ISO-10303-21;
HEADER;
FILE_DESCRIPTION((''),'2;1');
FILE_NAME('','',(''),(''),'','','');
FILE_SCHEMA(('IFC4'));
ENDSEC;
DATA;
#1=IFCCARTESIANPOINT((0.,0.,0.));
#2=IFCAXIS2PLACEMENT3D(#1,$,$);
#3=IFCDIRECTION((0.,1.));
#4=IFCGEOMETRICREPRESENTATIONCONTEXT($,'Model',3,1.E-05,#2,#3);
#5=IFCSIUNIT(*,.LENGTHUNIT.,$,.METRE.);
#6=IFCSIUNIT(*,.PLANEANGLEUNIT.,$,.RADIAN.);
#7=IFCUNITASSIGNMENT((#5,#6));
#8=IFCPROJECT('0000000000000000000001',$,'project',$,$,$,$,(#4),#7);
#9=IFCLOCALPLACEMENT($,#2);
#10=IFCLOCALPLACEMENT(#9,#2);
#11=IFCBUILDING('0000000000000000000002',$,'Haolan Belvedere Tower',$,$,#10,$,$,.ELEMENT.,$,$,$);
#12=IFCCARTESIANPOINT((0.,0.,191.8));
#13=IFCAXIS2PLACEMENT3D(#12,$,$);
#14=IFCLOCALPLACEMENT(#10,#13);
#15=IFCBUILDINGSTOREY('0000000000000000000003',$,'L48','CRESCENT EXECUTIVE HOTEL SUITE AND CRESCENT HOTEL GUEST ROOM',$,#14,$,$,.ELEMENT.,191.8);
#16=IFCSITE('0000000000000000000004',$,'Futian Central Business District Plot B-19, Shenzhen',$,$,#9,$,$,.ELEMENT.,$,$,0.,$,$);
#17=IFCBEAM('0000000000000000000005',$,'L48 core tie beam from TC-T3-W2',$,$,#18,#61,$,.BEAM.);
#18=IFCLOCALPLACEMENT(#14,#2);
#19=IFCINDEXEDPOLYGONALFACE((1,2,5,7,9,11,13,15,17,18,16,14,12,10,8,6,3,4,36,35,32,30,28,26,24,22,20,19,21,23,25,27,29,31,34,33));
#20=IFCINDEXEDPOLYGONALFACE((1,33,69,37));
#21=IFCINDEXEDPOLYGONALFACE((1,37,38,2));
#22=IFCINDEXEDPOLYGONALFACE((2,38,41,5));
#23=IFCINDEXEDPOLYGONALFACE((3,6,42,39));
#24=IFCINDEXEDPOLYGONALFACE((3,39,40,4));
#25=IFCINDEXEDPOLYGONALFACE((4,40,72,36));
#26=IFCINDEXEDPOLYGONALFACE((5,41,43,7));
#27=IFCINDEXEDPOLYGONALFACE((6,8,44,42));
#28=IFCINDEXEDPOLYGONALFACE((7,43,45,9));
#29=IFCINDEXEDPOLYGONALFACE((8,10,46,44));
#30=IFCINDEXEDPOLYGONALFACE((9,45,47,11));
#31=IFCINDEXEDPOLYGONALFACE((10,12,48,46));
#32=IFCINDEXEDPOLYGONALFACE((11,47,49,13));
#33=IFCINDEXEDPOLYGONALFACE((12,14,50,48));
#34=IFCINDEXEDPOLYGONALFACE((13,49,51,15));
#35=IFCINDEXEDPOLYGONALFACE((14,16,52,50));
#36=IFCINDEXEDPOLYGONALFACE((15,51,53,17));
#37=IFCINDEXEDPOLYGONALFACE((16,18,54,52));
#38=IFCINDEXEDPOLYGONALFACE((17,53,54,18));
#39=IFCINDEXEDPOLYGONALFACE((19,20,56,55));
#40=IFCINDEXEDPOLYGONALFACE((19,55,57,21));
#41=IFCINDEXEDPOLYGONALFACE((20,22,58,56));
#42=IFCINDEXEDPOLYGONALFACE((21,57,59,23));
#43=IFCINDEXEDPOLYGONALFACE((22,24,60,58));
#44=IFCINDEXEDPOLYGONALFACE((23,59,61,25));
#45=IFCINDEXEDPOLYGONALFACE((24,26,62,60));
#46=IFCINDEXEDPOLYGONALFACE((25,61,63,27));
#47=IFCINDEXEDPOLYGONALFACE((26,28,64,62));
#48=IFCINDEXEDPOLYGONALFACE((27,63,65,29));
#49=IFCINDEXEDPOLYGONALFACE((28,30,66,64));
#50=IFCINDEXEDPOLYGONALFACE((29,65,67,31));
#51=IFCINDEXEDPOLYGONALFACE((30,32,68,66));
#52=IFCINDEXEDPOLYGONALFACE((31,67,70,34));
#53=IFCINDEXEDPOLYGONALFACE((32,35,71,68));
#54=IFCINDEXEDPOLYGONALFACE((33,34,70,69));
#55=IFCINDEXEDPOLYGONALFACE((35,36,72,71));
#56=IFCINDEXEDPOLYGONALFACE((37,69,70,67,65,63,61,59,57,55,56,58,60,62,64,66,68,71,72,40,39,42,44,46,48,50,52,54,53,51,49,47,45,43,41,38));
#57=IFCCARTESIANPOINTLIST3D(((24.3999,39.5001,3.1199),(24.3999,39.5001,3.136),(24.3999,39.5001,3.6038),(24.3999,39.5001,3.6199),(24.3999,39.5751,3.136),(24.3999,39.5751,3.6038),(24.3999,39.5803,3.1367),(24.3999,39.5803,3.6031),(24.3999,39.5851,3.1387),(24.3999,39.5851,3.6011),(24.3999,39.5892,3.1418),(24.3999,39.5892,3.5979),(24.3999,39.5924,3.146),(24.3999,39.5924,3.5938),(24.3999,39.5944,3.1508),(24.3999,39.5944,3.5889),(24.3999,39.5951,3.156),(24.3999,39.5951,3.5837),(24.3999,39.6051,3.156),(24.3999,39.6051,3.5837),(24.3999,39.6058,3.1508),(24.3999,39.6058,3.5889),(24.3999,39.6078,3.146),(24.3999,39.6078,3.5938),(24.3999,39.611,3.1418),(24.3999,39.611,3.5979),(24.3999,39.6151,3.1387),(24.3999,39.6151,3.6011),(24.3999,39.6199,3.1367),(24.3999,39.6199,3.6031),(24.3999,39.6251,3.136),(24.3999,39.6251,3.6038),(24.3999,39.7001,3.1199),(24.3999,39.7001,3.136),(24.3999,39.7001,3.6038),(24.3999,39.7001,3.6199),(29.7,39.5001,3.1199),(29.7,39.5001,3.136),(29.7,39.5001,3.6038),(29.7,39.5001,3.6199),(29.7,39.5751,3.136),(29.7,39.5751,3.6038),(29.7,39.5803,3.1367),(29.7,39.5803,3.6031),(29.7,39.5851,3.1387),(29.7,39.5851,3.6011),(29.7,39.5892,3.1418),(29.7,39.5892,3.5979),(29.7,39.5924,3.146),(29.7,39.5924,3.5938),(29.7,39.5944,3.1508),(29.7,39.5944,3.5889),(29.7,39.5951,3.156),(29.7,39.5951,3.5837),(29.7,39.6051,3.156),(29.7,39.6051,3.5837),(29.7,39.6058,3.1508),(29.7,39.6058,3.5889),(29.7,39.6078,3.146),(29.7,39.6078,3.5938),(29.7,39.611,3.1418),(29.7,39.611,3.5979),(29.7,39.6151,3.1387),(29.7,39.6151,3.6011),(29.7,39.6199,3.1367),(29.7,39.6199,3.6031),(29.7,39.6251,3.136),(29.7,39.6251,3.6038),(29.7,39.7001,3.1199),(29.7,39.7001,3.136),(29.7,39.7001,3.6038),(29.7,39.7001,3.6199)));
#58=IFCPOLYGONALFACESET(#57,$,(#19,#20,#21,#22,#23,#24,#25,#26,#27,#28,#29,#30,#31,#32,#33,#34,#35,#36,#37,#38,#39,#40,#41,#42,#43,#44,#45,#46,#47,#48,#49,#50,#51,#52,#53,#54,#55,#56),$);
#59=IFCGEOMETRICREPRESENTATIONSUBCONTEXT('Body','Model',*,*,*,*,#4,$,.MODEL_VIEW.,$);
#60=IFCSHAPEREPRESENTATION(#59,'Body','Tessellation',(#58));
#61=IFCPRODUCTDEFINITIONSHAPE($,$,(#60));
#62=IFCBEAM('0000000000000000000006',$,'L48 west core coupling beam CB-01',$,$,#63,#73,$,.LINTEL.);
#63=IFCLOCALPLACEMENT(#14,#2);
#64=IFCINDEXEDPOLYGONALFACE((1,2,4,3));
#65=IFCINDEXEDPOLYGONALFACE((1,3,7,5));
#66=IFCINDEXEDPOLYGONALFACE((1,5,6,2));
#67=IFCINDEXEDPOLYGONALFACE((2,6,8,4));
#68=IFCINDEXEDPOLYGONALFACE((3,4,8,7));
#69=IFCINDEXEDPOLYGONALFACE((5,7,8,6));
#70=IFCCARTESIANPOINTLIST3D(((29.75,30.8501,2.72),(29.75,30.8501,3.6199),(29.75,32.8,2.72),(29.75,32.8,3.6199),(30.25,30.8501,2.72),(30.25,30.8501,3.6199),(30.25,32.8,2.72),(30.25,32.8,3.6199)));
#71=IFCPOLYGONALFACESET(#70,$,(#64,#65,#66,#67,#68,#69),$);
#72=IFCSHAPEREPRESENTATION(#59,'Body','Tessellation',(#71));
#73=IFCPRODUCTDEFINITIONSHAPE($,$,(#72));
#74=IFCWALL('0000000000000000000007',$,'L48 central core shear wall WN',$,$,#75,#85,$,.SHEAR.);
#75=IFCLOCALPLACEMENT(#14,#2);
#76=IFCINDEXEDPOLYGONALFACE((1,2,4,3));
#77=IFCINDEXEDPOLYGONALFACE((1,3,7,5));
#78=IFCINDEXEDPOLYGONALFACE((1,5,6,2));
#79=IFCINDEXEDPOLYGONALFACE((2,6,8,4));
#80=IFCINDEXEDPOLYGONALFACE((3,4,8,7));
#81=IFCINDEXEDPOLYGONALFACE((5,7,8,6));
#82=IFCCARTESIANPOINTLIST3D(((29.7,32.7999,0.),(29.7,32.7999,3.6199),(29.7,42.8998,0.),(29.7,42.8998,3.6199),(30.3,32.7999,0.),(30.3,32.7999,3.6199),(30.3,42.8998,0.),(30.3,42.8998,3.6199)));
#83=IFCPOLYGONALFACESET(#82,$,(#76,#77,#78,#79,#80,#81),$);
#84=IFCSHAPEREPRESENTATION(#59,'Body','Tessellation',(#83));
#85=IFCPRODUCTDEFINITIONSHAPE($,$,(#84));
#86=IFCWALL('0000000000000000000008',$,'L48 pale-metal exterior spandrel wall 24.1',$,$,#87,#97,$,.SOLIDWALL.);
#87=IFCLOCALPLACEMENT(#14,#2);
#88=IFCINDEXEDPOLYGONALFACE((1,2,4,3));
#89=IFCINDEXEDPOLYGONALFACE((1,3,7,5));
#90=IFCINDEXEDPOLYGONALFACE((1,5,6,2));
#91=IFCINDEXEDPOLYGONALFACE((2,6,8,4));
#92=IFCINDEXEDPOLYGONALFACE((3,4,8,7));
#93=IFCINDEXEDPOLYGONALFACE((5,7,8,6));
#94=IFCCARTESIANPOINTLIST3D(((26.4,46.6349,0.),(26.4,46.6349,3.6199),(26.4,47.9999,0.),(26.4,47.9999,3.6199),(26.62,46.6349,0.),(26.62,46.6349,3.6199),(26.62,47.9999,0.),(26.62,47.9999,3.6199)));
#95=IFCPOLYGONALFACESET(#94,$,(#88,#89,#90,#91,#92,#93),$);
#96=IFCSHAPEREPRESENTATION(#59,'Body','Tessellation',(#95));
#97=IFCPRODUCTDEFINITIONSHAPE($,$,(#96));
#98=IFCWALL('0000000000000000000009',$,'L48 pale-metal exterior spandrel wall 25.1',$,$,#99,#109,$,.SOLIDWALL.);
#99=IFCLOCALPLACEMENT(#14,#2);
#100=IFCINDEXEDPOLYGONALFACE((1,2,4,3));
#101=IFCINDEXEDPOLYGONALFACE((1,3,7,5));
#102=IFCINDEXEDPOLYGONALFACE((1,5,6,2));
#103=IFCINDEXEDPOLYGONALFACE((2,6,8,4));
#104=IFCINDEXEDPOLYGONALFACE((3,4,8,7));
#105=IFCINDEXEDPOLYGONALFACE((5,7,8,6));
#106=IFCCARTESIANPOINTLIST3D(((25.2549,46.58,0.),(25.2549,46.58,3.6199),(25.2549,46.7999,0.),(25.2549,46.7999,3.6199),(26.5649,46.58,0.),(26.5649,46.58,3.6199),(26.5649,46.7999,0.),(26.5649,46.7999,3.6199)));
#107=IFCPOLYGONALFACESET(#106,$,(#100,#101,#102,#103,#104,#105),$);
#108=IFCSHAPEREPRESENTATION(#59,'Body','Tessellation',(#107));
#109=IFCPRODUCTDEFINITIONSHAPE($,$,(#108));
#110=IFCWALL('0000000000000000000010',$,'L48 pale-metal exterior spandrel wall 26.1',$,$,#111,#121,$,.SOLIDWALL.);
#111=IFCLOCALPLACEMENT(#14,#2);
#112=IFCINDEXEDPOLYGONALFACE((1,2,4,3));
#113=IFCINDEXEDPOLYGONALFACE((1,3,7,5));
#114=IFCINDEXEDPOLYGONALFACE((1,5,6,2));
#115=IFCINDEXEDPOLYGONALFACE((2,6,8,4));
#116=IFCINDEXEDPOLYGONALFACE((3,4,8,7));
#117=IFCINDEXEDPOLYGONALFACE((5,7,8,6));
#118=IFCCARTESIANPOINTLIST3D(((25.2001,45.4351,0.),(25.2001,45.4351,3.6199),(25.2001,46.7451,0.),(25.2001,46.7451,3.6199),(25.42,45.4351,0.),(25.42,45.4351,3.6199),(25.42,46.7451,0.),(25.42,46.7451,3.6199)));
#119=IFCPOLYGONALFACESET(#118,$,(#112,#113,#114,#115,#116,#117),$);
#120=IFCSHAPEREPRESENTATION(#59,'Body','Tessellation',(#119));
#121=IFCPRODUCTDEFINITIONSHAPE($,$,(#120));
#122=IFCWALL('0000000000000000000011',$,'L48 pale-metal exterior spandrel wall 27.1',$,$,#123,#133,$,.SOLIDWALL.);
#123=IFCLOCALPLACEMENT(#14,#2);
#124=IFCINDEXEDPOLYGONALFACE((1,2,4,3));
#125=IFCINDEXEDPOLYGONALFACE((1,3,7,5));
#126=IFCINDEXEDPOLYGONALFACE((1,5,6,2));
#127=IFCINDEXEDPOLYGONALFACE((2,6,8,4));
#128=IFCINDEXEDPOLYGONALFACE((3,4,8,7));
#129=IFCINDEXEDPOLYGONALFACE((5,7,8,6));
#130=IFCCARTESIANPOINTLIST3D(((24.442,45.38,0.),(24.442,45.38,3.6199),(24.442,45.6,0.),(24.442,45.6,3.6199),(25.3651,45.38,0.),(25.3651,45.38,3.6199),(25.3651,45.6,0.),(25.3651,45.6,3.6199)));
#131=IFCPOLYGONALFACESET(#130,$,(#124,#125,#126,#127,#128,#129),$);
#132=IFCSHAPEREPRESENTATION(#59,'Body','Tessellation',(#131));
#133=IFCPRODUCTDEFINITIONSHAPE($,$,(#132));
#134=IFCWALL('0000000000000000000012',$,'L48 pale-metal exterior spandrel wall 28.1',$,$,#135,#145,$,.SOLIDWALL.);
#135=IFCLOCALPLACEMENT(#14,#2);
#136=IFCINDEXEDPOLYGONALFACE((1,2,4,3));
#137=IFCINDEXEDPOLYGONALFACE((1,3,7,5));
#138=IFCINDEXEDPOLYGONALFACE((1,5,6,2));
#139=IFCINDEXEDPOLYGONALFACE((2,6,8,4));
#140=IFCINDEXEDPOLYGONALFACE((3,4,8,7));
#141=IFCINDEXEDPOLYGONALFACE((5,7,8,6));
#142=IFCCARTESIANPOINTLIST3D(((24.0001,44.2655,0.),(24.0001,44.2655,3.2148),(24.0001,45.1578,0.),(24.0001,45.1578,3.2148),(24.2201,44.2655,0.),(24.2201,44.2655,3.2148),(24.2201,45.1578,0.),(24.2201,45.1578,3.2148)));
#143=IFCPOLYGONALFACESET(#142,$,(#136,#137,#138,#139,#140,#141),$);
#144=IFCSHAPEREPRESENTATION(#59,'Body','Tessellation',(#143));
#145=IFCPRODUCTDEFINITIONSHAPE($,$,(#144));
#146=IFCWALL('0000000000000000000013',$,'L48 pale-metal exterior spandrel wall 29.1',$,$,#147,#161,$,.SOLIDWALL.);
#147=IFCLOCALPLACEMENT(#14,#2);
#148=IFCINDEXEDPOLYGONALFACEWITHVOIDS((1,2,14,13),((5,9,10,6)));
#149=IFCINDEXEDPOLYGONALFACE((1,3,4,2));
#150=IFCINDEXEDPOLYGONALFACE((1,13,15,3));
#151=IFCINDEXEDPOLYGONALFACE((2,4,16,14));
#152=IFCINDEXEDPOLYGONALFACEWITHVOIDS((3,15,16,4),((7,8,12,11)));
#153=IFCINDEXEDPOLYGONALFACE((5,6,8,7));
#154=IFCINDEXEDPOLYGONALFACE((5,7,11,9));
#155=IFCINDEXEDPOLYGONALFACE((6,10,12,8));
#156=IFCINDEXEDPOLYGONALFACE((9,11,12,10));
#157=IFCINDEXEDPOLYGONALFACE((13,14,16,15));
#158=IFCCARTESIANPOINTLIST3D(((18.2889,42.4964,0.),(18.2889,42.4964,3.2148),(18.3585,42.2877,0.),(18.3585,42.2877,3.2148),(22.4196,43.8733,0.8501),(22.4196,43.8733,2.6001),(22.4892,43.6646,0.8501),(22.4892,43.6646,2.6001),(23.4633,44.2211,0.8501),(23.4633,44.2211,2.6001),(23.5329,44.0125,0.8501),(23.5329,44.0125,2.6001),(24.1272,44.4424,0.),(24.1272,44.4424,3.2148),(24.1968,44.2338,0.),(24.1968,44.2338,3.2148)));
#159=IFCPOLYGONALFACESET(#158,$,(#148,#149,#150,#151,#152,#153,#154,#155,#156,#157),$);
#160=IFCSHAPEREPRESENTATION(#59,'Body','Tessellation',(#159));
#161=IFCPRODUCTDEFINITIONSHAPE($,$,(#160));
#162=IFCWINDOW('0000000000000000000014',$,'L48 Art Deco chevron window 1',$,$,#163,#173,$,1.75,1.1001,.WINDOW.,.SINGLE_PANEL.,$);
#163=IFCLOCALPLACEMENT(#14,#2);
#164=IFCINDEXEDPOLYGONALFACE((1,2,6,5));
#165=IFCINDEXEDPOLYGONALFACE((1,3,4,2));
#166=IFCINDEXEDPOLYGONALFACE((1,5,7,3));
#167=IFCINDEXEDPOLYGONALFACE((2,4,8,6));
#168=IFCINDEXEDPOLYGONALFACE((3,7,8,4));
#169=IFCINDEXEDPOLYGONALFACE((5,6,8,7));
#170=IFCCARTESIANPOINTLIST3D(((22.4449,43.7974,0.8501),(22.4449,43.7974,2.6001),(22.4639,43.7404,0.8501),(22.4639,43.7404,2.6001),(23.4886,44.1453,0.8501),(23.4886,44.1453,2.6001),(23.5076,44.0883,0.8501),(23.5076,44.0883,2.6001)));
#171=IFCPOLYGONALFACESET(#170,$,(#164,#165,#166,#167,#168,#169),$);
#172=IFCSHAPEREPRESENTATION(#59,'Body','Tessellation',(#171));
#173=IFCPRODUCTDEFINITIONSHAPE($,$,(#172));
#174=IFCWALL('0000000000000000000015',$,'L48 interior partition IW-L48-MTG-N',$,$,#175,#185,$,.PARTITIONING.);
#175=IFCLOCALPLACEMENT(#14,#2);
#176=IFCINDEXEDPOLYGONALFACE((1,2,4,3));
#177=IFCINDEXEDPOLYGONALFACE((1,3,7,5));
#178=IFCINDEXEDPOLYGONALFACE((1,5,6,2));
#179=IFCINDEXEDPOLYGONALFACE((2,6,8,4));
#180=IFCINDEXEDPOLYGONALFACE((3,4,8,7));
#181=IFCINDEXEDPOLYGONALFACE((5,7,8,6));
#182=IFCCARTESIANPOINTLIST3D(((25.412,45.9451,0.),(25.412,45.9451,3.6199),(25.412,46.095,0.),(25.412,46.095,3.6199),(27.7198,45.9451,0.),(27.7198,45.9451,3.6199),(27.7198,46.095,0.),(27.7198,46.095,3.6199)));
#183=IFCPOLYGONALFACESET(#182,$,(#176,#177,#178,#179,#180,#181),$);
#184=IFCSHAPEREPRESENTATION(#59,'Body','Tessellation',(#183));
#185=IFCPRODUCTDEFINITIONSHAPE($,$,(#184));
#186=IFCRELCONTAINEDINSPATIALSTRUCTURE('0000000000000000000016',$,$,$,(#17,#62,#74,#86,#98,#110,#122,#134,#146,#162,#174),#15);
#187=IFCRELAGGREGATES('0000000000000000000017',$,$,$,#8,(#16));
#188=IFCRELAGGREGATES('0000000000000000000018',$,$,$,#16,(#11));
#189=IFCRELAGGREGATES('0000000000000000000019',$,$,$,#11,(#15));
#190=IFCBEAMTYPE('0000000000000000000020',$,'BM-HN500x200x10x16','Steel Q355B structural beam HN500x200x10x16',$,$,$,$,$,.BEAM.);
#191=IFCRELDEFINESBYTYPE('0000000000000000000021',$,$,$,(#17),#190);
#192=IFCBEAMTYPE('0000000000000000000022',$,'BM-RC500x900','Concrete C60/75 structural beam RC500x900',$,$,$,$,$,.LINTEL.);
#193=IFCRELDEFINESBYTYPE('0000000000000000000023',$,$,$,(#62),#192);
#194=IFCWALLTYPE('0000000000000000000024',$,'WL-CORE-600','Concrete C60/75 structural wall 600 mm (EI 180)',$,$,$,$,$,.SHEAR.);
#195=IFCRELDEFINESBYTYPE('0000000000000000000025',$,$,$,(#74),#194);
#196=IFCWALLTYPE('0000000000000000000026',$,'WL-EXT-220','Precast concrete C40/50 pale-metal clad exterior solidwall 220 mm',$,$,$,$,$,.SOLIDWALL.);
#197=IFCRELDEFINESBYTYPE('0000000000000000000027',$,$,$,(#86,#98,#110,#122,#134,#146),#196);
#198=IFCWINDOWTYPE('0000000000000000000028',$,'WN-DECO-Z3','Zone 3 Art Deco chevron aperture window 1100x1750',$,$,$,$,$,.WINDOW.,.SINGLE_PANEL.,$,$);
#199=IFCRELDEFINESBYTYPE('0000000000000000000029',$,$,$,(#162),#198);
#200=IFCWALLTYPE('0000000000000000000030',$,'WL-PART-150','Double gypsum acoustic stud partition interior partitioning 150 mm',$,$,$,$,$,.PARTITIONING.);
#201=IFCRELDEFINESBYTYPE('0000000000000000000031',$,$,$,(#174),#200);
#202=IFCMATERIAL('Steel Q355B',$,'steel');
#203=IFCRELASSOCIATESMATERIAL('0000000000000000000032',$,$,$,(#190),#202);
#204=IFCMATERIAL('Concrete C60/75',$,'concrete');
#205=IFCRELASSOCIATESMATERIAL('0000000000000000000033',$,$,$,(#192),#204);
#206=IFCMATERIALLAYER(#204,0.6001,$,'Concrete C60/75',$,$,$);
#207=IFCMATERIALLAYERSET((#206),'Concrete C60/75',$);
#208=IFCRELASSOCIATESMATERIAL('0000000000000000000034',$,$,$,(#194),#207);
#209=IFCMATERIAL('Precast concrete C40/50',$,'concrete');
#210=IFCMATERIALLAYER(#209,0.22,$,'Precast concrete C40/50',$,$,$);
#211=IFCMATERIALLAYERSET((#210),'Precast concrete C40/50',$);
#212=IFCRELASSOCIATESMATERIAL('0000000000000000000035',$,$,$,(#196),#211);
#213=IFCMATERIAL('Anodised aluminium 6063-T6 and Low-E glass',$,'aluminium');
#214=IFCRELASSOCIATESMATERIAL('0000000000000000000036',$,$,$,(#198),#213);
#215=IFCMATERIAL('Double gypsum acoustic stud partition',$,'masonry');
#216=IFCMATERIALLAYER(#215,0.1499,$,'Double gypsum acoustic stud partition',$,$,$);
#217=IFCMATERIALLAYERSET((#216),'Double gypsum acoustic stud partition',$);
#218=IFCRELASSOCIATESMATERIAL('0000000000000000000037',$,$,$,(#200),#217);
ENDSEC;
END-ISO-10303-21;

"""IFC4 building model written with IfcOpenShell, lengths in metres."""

from ifc_helpers import new_model, si_unit, direction, frame, frame_2d, origin, origin_2d, place, context, subcontext, project, spatial, rectangle, i_section, extrude, material, layer, layer_set, material_profile, profile_set, type_object, element, fill, save


model = new_model("IFC4")

# Units and contexts
model_context = context("Model", 3, precision=1e-05, world=origin(), true_north=direction((0.0, 1.0)))
body_context = subcontext(model_context, "Body", "Model", "MODEL_VIEW")
ifc_project = project(units=[si_unit("LENGTHUNIT", "METRE"), si_unit("PLANEANGLEUNIT", "RADIAN")], contexts=[model_context])

# Site, building, storey
site_placement = place(None, origin())
site = spatial("IfcSite", under=ifc_project, at=site_placement, Name="Futian Central Business District Plot B-19, Shenzhen", CompositionType="ELEMENT", RefElevation=0.0)
building_placement = place(site_placement, origin())
building = spatial("IfcBuilding", under=site, at=building_placement, Name="Haolan Belvedere Tower", CompositionType="ELEMENT")
storey_placement = place(building_placement, frame((0.0, 0.0, 191.8)))
storey = spatial("IfcBuildingStorey", under=building, at=storey_placement, Name="L48", Description="CRESCENT EXECUTIVE HOTEL SUITE AND CRESCENT HOTEL GUEST ROOM", CompositionType="ELEMENT", Elevation=191.8)

# Beams
ifc_material_1 = material(Name="Steel Q355B", Category="steel")
ifc_material_profile_1 = material_profile(ifc_material_1, i_section(OverallWidth=0.2, OverallDepth=0.5, WebThickness=0.01, FlangeThickness=0.0161, FilletRadius=0.02, at=origin_2d()), Name="Steel Q355B")
ifc_profile_set_1 = profile_set([ifc_material_profile_1], Name="Steel Q355B")
beam_type_1 = type_object("IfcBeamType", Name="BM-HN500x200x10x16", Description="Steel Q355B structural beam HN500x200x10x16", PredefinedType="BEAM", material=ifc_profile_set_1)
beam_1_placement = place(storey_placement, frame((24.3999, 39.6001, 3.3699), z_axis=(1.0, 0.0, 0.0), x_axis=(0.0, 1.0, 0.0)))
element("IfcBeam", 1, at=beam_1_placement, inside=storey, type_object=beam_type_1, Name="L48 core tie beam from TC-T3-W2", PredefinedType="BEAM", context=body_context, shape_type="SweptSolid", body=[
    extrude(i_section(OverallWidth=0.2, OverallDepth=0.5, WebThickness=0.01, FlangeThickness=0.0161, FilletRadius=0.02, at=origin_2d()), origin(), (0.0, 0.0, 1.0), 5.3),
])
ifc_material_2 = material(Name="Concrete C60/75", Category="concrete")
ifc_material_profile_2 = material_profile(ifc_material_2, rectangle(XDim=0.5, YDim=0.8999, at=origin_2d()), Name="Concrete C60/75")
ifc_profile_set_2 = profile_set([ifc_material_profile_2], Name="Concrete C60/75")
beam_type_2 = type_object("IfcBeamType", Name="BM-RC500x900", Description="Concrete C60/75 structural beam RC500x900", PredefinedType="LINTEL", material=ifc_profile_set_2)
beam_2_placement = place(storey_placement, frame((30.0, 30.8501, 3.1699), z_axis=(0.0, 1.0, 0.0), x_axis=(-1.0, 0.0, 0.0)))
element("IfcBeam", 2, at=beam_2_placement, inside=storey, type_object=beam_type_2, Name="L48 west core coupling beam CB-01", PredefinedType="LINTEL", context=body_context, shape_type="SweptSolid", body=[
    extrude(rectangle(XDim=0.5, YDim=0.8999, at=origin_2d()), origin(), (0.0, 0.0, 1.0), 1.95),
])

# Shared definitions
ifc_layer_1 = layer(ifc_material_2, 0.6001, Name="Concrete C60/75")
ifc_layer_set_1 = layer_set([ifc_layer_1], Name="Concrete C60/75")
wall_type_1 = type_object("IfcWallType", Name="WL-CORE-600", Description="Concrete C60/75 structural wall 600 mm (EI 180)", PredefinedType="SHEAR", material=ifc_layer_set_1)

# Walls
wall_1_placement = place(storey_placement, frame((30.0, 32.8, 0.0), z_axis=(0.0, 0.0, 1.0), x_axis=(0.0, 1.0, 0.0)))
element("IfcWall", 3, at=wall_1_placement, inside=storey, type_object=wall_type_1, Name="L48 central core shear wall WN", PredefinedType="SHEAR", context=body_context, shape_type="SweptSolid", body=[
    extrude(rectangle(XDim=10.0999, YDim=0.6001, at=frame_2d((5.0498, 0.0))), origin(), (0.0, 0.0, 1.0), 3.6199),
])
ifc_material_3 = material(Name="Precast concrete C40/50", Category="concrete")
ifc_layer_2 = layer(ifc_material_3, 0.22, Name="Precast concrete C40/50")
ifc_layer_set_2 = layer_set([ifc_layer_2], Name="Precast concrete C40/50")
wall_type_2 = type_object("IfcWallType", Name="WL-EXT-220", Description="Precast concrete C40/50 pale-metal clad exterior solidwall 220 mm", PredefinedType="SOLIDWALL", material=ifc_layer_set_2)
wall_2_placement = place(storey_placement, frame((26.51, 48.0, 0.0), z_axis=(0.0, 0.0, 1.0), x_axis=(0.0, -1.0, 0.0)))
element("IfcWall", 4, at=wall_2_placement, inside=storey, type_object=wall_type_2, Name="L48 pale-metal exterior spandrel wall 24.1", PredefinedType="SOLIDWALL", context=body_context, shape_type="SweptSolid", body=[
    extrude(rectangle(XDim=1.365, YDim=0.22, at=frame_2d((0.6826, 0.0))), origin(), (0.0, 0.0, 1.0), 3.6199),
])
for number, where, z_axis, x_axis, name in (
    (5, (26.5649, 46.6899, 0.0), (0.0, 0.0, 1.0), (-1.0, 0.0, 0.0), "L48 pale-metal exterior spandrel wall 25.1"),
    (6, (25.3101, 46.7451, 0.0), (0.0, 0.0, 1.0), (0.0, -1.0, 0.0), "L48 pale-metal exterior spandrel wall 26.1"),
):
    element("IfcWall", number, at=place(storey_placement, frame(where, z_axis=z_axis, x_axis=x_axis)), inside=storey, type_object=wall_type_2, Name=name, PredefinedType="SOLIDWALL", context=body_context, shape_type="SweptSolid", body=[
        extrude(rectangle(XDim=1.3101, YDim=0.22, at=frame_2d((0.655, 0.0))), origin(), (0.0, 0.0, 1.0), 3.6199),
    ])
wall_3_placement = place(storey_placement, frame((25.365, 45.49, 0.0), z_axis=(0.0, 0.0, 1.0), x_axis=(-1.0, 0.0, 0.0)))
element("IfcWall", 7, at=wall_3_placement, inside=storey, type_object=wall_type_2, Name="L48 pale-metal exterior spandrel wall 27.1", PredefinedType="SOLIDWALL", context=body_context, shape_type="SweptSolid", body=[
    extrude(rectangle(XDim=0.9231, YDim=0.22, at=frame_2d((0.4614, 0.0))), origin(), (0.0, 0.0, 1.0), 3.6199),
])
wall_4_placement = place(storey_placement, frame((24.1101, 45.158, 0.0), z_axis=(0.0, 0.0, 1.0), x_axis=(0.0, -1.0, 0.0)))
element("IfcWall", 8, at=wall_4_placement, inside=storey, type_object=wall_type_2, Name="L48 pale-metal exterior spandrel wall 28.1", PredefinedType="SOLIDWALL", context=body_context, shape_type="SweptSolid", body=[
    extrude(rectangle(XDim=0.8923, YDim=0.22, at=frame_2d((0.4463, 0.0))), origin(), (0.0, 0.0, 1.0), 3.2148),
])

# Wall, opening, window
wall_5_placement = place(storey_placement, frame((24.1621, 44.3381, 0.0), z_axis=(0.0, 0.0, 1.0), x_axis=(-0.948687, -0.316216, 0.0)))
wall_5 = element("IfcWall", 9, at=wall_5_placement, inside=storey, type_object=wall_type_2, Name="L48 pale-metal exterior spandrel wall 29.1", PredefinedType="SOLIDWALL", context=body_context, shape_type="SweptSolid", body=[
    extrude(rectangle(XDim=6.1541, YDim=0.22, at=frame_2d((3.0771, 0.0))), origin(), (0.0, 0.0, 1.0), 3.2148),
])
opening_1_placement = place(wall_5_placement, frame((0.7, 0.0, 0.8501)))
opening_1 = element("IfcOpeningElement", 10, at=opening_1_placement, cuts=wall_5, PredefinedType="OPENING", context=body_context, shape_type="SweptSolid", body=[
    extrude(rectangle(XDim=1.1001, YDim=1.75, at=frame_2d((0.55, 0.875))), frame((0.0, 0.1199, 0.0), z_axis=(0.0, -1.0, 0.0), x_axis=(1.0, 0.0, 0.0)), (0.0, 0.0, 1.0), 0.24),
])
ifc_material_4 = material(Name="Anodised aluminium 6063-T6 and Low-E glass", Category="aluminium")
window_type = type_object("IfcWindowType", Name="WN-DECO-Z3", Description="Zone 3 Art Deco chevron aperture window 1100x1750", PartitioningType="SINGLE_PANEL", PredefinedType="WINDOW", material=ifc_material_4)
window_placement = place(opening_1_placement, origin())
window = element("IfcWindow", 11, at=window_placement, inside=storey, type_object=window_type, Name="L48 Art Deco chevron window 1", OverallHeight=1.75, OverallWidth=1.1001, PartitioningType="SINGLE_PANEL", PredefinedType="WINDOW", context=body_context, shape_type="SweptSolid", body=[
    extrude(rectangle(XDim=1.1001, YDim=1.75, at=frame_2d((0.55, 0.875))), frame((0.0, 0.03, 0.0), z_axis=(0.0, -1.0, 0.0), x_axis=(1.0, 0.0, 0.0)), (0.0, 0.0, 1.0), 0.0601),
])
fill(opening_1, window)

# Shared definitions
ifc_material_5 = material(Name="Double gypsum acoustic stud partition", Category="masonry")
ifc_layer_3 = layer(ifc_material_5, 0.1499, Name="Double gypsum acoustic stud partition")
ifc_layer_set_3 = layer_set([ifc_layer_3], Name="Double gypsum acoustic stud partition")
wall_type_3 = type_object("IfcWallType", Name="WL-PART-150", Description="Double gypsum acoustic stud partition interior partitioning 150 mm", PredefinedType="PARTITIONING", material=ifc_layer_set_3)

# Wall
wall_6_placement = place(storey_placement, frame((25.4121, 46.02, 0.0), z_axis=(0.0, 0.0, 1.0), x_axis=(1.0, 0.0, 0.0)))
element("IfcWall", 12, at=wall_6_placement, inside=storey, type_object=wall_type_3, Name="L48 interior partition IW-L48-MTG-N", PredefinedType="PARTITIONING", context=body_context, shape_type="SweptSolid", body=[
    extrude(rectangle(XDim=2.3079, YDim=0.1499, at=frame_2d((1.1538, 0.0))), origin(), (0.0, 0.0, 1.0), 3.6199),
])

save(model, "model.ifc")
